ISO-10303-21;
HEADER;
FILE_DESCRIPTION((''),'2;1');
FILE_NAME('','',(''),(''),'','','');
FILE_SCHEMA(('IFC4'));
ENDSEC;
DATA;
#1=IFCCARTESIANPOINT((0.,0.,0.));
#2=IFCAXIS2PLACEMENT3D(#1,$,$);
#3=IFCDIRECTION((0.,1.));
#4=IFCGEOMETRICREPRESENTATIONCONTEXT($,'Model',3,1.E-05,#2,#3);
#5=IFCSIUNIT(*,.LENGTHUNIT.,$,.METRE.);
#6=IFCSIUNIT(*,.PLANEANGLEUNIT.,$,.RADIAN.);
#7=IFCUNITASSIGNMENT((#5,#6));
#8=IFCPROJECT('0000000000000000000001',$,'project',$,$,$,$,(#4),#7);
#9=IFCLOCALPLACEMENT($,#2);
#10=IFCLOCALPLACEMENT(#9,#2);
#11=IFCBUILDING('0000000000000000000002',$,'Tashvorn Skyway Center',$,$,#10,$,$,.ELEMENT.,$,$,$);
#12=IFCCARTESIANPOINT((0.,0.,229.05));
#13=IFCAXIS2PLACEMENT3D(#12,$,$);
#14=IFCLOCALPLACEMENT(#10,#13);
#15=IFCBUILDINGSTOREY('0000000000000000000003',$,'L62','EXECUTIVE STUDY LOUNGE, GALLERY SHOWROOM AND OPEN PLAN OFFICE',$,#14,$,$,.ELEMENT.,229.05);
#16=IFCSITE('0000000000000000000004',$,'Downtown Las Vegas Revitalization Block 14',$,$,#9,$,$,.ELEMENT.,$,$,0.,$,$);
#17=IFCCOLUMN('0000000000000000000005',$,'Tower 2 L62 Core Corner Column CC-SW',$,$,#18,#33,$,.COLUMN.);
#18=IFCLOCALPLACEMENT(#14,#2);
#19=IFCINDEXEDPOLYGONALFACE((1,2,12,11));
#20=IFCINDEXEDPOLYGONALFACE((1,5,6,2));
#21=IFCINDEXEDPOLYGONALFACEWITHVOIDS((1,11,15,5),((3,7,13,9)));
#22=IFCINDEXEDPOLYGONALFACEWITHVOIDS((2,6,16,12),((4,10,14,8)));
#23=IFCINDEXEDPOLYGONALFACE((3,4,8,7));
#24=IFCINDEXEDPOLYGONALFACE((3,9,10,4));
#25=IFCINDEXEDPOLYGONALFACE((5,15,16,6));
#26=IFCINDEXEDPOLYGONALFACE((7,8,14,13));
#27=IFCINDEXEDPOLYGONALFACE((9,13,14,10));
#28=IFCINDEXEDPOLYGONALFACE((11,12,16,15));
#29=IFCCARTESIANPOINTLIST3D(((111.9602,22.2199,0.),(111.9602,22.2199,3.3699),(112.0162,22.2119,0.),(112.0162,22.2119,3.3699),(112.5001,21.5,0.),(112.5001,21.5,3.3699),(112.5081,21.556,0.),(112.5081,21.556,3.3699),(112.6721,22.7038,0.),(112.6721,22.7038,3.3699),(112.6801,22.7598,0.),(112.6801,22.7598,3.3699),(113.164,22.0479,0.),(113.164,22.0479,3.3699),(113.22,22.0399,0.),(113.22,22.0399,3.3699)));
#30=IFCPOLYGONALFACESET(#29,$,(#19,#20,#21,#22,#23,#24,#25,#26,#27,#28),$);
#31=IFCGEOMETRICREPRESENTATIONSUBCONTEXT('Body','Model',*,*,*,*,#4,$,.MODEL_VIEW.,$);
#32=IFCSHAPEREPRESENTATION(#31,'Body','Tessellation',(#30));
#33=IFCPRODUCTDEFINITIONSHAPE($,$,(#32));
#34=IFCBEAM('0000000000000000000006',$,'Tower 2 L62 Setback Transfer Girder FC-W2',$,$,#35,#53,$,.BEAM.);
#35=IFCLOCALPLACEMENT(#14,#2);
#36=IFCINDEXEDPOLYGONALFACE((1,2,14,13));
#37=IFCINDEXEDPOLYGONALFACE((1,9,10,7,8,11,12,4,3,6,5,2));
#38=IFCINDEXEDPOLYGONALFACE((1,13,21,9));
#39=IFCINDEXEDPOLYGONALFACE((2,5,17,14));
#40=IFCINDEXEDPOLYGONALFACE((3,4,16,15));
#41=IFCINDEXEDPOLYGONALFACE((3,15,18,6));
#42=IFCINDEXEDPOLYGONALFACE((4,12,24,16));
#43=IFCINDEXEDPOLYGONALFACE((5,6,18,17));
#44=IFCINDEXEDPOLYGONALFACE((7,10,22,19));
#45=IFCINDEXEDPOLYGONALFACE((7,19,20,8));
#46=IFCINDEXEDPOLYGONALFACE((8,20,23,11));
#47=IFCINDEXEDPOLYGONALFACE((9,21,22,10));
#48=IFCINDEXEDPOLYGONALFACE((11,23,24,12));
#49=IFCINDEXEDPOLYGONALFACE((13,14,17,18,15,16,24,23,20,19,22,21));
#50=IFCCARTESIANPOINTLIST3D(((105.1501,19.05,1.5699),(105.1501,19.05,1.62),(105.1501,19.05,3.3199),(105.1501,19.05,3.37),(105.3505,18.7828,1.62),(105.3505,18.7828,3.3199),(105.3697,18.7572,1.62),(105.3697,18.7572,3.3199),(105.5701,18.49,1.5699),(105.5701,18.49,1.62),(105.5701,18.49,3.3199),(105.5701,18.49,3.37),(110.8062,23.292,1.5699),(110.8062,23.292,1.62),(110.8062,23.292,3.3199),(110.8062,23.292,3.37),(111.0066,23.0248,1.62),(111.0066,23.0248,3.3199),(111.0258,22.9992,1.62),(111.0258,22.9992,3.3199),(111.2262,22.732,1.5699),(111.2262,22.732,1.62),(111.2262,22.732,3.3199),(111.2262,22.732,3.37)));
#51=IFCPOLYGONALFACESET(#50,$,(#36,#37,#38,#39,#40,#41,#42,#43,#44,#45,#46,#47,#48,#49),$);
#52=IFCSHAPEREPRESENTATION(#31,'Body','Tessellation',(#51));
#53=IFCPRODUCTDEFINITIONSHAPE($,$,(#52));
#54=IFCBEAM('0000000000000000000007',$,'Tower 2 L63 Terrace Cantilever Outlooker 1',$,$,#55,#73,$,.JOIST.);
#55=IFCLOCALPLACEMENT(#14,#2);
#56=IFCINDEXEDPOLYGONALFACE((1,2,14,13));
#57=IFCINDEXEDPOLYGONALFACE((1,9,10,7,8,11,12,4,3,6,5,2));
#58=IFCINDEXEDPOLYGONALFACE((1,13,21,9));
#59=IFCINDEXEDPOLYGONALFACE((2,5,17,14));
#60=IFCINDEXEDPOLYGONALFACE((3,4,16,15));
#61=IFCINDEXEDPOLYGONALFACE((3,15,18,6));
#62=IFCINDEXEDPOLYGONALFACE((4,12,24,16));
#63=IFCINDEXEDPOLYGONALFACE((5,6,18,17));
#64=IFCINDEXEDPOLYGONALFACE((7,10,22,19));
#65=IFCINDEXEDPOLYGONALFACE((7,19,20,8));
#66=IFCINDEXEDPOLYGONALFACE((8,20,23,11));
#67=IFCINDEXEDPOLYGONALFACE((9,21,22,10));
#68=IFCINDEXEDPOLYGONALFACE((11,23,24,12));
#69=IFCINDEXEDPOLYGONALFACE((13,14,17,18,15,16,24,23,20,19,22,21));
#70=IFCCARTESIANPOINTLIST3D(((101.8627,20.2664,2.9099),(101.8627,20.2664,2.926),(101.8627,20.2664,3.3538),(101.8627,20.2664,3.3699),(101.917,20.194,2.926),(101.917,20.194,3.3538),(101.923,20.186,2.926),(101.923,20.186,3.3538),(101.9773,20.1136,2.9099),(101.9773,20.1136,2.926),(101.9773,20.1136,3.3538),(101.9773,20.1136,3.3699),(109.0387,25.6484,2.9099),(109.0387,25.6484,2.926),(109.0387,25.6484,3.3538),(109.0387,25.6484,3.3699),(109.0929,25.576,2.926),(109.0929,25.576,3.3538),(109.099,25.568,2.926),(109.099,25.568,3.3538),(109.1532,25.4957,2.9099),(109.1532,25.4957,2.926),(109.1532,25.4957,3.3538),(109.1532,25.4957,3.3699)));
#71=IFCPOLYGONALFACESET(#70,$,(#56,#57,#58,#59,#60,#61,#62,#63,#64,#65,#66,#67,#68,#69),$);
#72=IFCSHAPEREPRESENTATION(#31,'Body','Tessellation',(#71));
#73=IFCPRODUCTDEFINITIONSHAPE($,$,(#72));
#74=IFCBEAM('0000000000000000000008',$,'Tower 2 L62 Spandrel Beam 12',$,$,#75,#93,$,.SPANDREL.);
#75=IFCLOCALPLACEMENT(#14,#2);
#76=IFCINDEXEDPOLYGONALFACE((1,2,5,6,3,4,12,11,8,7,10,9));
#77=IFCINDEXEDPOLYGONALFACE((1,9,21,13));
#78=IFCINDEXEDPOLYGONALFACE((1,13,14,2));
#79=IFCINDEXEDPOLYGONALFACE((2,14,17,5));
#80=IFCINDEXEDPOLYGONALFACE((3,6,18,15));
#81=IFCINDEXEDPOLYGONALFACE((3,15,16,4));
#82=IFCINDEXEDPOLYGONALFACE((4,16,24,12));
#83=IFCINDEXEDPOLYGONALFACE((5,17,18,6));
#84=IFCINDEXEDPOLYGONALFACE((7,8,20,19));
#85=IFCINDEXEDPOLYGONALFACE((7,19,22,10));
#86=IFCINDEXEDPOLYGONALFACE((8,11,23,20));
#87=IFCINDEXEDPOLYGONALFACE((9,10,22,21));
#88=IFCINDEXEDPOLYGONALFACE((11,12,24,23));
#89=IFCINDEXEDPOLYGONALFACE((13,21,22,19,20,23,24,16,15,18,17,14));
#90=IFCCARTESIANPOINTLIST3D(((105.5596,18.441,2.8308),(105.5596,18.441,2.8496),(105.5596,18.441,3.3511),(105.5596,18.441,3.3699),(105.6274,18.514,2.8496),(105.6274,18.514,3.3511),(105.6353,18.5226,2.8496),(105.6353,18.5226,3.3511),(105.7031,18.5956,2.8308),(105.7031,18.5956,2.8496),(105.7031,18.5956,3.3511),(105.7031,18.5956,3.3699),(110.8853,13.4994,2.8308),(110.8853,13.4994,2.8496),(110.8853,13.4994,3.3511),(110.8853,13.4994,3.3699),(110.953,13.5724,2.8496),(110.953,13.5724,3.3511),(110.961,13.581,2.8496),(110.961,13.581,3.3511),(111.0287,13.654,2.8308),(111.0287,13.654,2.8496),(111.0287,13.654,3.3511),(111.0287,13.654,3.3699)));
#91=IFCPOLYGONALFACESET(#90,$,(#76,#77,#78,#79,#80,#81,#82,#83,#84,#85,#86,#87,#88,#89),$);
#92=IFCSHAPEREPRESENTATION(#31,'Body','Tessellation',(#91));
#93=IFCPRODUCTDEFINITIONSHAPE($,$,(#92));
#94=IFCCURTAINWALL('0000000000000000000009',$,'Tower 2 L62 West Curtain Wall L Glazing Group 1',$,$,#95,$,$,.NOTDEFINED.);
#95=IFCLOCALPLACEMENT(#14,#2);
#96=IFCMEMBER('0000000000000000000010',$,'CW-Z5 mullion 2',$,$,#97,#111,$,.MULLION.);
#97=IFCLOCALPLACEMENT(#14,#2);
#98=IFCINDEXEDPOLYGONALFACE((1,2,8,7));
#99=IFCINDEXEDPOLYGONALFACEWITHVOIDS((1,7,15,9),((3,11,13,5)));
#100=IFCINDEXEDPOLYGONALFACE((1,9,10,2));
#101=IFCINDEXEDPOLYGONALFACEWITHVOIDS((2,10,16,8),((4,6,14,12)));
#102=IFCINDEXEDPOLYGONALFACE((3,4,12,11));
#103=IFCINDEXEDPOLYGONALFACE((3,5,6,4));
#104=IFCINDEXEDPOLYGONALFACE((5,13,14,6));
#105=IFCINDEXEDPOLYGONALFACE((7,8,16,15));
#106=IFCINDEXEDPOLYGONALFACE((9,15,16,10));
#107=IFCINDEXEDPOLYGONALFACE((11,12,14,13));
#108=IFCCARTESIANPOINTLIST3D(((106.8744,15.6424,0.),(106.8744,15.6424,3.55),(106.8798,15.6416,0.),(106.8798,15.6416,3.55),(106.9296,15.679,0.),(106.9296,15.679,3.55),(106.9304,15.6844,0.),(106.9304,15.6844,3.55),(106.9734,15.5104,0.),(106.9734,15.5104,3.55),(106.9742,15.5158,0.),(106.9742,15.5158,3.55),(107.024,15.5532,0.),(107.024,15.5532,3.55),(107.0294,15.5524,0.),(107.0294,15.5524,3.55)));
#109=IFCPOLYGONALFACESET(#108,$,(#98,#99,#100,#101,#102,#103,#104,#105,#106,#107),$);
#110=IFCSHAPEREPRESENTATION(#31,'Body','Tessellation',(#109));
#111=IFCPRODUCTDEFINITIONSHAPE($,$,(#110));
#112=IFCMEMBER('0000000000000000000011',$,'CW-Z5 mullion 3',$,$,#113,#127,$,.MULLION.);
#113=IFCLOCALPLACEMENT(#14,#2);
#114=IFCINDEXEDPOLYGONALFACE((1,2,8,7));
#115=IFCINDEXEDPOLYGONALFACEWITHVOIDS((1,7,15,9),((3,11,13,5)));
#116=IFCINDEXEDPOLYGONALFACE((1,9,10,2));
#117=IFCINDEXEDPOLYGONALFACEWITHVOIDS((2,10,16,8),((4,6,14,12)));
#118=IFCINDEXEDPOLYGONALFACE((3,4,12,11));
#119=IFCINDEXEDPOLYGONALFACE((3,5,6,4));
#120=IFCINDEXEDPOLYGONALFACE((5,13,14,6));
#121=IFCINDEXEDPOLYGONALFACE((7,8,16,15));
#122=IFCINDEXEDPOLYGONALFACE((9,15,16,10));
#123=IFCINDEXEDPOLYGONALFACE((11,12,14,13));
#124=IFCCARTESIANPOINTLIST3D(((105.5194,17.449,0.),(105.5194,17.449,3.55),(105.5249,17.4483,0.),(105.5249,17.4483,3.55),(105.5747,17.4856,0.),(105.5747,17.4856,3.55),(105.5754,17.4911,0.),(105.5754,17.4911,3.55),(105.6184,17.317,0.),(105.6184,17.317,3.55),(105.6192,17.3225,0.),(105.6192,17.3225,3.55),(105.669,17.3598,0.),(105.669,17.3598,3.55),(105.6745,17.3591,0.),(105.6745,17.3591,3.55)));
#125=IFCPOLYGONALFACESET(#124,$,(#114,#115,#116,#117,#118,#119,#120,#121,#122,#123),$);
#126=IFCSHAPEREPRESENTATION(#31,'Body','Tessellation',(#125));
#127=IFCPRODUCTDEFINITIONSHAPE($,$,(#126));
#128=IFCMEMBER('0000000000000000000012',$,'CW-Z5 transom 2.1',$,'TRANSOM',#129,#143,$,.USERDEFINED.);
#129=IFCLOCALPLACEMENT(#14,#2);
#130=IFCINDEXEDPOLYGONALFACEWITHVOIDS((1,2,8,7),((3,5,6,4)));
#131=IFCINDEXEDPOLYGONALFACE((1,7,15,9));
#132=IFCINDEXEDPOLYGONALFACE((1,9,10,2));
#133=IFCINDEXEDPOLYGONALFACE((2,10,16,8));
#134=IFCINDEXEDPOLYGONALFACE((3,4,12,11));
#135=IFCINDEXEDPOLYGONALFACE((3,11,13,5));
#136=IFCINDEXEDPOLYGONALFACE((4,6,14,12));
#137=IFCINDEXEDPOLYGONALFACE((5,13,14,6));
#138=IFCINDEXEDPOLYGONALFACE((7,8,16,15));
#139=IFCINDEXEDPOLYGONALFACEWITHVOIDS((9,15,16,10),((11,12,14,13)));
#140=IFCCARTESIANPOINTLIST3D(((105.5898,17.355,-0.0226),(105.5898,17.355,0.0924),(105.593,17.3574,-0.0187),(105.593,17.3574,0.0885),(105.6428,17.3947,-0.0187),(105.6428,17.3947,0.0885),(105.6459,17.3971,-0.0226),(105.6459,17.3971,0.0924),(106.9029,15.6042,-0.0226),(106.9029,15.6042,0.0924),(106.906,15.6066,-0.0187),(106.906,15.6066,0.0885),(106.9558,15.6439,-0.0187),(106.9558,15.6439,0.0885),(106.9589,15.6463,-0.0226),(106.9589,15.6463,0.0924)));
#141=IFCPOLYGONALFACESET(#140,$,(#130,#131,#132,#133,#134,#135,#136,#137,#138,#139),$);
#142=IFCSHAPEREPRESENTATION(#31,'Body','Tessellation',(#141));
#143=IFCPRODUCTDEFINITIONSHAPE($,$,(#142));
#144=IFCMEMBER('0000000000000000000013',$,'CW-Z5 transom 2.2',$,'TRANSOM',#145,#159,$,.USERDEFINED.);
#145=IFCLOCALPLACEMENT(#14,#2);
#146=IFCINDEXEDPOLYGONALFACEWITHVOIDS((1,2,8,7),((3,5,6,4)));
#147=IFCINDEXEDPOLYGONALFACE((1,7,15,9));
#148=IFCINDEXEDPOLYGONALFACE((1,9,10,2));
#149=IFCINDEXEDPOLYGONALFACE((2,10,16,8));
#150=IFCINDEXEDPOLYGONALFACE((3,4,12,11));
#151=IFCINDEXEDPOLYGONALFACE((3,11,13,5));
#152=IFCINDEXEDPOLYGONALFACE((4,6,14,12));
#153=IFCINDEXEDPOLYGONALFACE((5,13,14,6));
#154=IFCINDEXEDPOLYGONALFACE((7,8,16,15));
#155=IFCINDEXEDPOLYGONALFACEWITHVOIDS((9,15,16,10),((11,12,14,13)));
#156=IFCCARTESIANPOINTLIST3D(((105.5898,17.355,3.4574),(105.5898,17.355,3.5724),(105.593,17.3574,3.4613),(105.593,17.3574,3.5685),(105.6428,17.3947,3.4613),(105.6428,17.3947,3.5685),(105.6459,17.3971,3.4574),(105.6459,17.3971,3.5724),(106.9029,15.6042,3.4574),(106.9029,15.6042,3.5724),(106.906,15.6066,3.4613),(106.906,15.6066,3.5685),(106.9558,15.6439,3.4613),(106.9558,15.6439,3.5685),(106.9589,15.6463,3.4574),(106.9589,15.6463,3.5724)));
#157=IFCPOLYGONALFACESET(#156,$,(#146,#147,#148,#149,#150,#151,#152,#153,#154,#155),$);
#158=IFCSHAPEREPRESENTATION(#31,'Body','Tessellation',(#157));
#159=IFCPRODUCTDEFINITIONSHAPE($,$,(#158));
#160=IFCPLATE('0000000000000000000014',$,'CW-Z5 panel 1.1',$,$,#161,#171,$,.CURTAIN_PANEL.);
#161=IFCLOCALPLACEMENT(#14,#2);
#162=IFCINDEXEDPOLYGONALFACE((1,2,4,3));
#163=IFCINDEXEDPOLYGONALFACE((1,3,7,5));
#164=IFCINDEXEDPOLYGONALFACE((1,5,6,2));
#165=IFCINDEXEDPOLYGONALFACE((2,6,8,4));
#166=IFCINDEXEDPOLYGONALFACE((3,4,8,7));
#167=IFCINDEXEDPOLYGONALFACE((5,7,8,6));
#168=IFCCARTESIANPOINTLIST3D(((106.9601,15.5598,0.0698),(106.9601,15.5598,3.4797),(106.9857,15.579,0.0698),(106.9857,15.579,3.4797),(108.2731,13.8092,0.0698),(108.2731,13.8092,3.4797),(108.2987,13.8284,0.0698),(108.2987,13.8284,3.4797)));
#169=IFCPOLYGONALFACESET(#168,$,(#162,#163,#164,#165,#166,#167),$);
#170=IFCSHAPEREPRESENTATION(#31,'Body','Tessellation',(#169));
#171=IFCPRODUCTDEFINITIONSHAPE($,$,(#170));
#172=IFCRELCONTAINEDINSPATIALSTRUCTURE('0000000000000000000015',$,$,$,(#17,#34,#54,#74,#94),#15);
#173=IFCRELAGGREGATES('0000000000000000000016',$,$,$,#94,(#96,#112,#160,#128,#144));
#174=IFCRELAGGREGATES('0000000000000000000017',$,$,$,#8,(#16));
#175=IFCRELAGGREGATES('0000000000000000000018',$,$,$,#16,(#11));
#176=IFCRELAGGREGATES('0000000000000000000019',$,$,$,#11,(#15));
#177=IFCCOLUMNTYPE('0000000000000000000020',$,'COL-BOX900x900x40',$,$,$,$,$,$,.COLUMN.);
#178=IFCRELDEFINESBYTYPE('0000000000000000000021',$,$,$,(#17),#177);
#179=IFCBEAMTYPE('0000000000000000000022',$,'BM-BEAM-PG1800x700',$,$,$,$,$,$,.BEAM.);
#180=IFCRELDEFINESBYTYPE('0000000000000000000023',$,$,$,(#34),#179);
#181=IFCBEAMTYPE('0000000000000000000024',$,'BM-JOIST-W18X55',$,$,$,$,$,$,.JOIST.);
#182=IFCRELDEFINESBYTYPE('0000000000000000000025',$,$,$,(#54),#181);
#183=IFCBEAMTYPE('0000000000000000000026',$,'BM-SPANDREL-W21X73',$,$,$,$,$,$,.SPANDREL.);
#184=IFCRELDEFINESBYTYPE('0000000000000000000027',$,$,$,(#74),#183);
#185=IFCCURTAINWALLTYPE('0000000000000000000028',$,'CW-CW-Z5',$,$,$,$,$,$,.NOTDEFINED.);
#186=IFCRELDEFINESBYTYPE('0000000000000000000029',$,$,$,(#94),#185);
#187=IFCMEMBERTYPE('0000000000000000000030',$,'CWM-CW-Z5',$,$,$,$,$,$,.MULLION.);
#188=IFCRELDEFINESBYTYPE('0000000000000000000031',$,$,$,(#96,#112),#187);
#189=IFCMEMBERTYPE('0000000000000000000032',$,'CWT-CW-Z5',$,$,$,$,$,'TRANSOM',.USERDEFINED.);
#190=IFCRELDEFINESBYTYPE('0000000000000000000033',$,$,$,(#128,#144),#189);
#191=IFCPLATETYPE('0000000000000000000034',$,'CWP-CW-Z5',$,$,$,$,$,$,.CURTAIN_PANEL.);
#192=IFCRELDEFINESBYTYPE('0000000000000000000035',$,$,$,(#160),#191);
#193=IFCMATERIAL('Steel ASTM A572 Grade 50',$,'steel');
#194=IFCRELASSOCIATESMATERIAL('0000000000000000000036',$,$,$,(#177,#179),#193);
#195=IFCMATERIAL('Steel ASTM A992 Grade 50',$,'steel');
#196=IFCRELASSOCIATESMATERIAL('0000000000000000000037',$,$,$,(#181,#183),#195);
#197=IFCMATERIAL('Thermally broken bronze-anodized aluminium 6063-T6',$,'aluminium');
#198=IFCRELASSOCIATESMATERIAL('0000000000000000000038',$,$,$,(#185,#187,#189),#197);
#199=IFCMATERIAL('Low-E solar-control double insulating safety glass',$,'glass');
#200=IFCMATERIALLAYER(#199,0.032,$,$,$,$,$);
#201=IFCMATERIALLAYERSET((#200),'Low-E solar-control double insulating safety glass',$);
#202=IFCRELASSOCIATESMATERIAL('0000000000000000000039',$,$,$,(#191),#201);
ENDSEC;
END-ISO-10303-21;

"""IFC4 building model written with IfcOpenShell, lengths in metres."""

from ifc_helpers import new_model, si_unit, direction, frame, origin, origin_2d, place, context, subcontext, project, spatial, rectangle, hollow_rectangle, i_section, extrude, material, layer, layer_set, material_profile, profile_set, type_object, element, aggregate, save


model = new_model("IFC4")

# Units and contexts
model_context = context("Model", 3, precision=1e-05, world=origin(), true_north=direction((0.0, 1.0)))
body_context = subcontext(model_context, "Body", "Model", "MODEL_VIEW")
ifc_project = project(units=[si_unit("LENGTHUNIT", "METRE"), si_unit("PLANEANGLEUNIT", "RADIAN")], contexts=[model_context])

# Site, building, storey
site_placement = place(None, origin())
site = spatial("IfcSite", under=ifc_project, at=site_placement, Name="Downtown Las Vegas Revitalization Block 14", CompositionType="ELEMENT", RefElevation=0.0)
building_placement = place(site_placement, origin())
building = spatial("IfcBuilding", under=site, at=building_placement, Name="Tashvorn Skyway Center", CompositionType="ELEMENT")
storey_placement = place(building_placement, frame((0.0, 0.0, 229.05)))
storey = spatial("IfcBuildingStorey", under=building, at=storey_placement, Name="L62", Description="EXECUTIVE STUDY LOUNGE, GALLERY SHOWROOM AND OPEN PLAN OFFICE", CompositionType="ELEMENT", Elevation=229.05)

# Column
ifc_material_1 = material(Name="Steel ASTM A572 Grade 50", Category="steel")
ifc_material_profile_1 = material_profile(ifc_material_1, hollow_rectangle(XDim=0.8999, YDim=0.8999, WallThickness=0.04, at=origin_2d()), Name="BOX900x900x40")
ifc_profile_set_1 = profile_set([ifc_material_profile_1], Name="Steel ASTM A572 Grade 50")
column_type = type_object("IfcColumnType", Name="COL-BOX900x900x40", PredefinedType="COLUMN", material=ifc_profile_set_1)
column_placement = place(storey_placement, frame((112.5901, 22.1299, 0.0), z_axis=(0.0, 0.0, 1.0), x_axis=(0.8, 0.6, 0.0)))
element("IfcColumn", 1, at=column_placement, inside=storey, type_object=column_type, Name="Tower 2 L62 Core Corner Column CC-SW", PredefinedType="COLUMN", context=body_context, shape_type="SweptSolid", body=[
    extrude(hollow_rectangle(XDim=0.8999, YDim=0.8999, WallThickness=0.04, at=origin_2d()), origin(), (0.0, 0.0, 1.0), 3.3699),
])

# Beams
ifc_material_profile_2 = material_profile(ifc_material_1, i_section(OverallWidth=0.7, OverallDepth=1.8, WebThickness=0.032, FlangeThickness=0.05, at=origin_2d()), Name="PG1800x700")
ifc_profile_set_2 = profile_set([ifc_material_profile_2], Name="Steel ASTM A572 Grade 50")
beam_type_1 = type_object("IfcBeamType", Name="BM-BEAM-PG1800x700", PredefinedType="BEAM", material=ifc_profile_set_2)
beam_1_placement = place(storey_placement, frame((105.3601, 18.77, 2.47), z_axis=(0.800004, 0.599994, 0.0), x_axis=(-0.599994, 0.800004, 0.0)))
element("IfcBeam", 2, at=beam_1_placement, inside=storey, type_object=beam_type_1, Name="Tower 2 L62 Setback Transfer Girder FC-W2", PredefinedType="BEAM", context=body_context, shape_type="SweptSolid", body=[
    extrude(i_section(OverallWidth=0.7, OverallDepth=1.8, WebThickness=0.032, FlangeThickness=0.05, at=origin_2d()), origin(), (0.0, 0.0, 1.0), 7.0701),
])
ifc_material_2 = material(Name="Steel ASTM A992 Grade 50", Category="steel")
ifc_material_profile_3 = material_profile(ifc_material_2, i_section(OverallWidth=0.1909, OverallDepth=0.46, WebThickness=0.01, FlangeThickness=0.0161, at=origin_2d()), Name="W18X55")
ifc_profile_set_3 = profile_set([ifc_material_profile_3], Name="Steel ASTM A992 Grade 50")
beam_type_2 = type_object("IfcBeamType", Name="BM-JOIST-W18X55", PredefinedType="JOIST", material=ifc_profile_set_3)
beam_2_placement = place(storey_placement, frame((109.0959, 25.572, 3.1399), z_axis=(-0.799997, -0.600004, 0.0), x_axis=(0.600004, -0.799997, 0.0)))
element("IfcBeam", 3, at=beam_2_placement, inside=storey, type_object=beam_type_2, Name="Tower 2 L63 Terrace Cantilever Outlooker 1", PredefinedType="JOIST", context=body_context, shape_type="SweptSolid", body=[
    extrude(i_section(OverallWidth=0.1909, OverallDepth=0.46, WebThickness=0.01, FlangeThickness=0.0161, at=origin_2d()), origin(), (0.0, 0.0, 1.0), 8.97),
])
ifc_material_profile_4 = material_profile(ifc_material_2, i_section(OverallWidth=0.2109, OverallDepth=0.5391, WebThickness=0.0117, FlangeThickness=0.0188, at=origin_2d()), Name="W21X73")
ifc_profile_set_4 = profile_set([ifc_material_profile_4], Name="Steel ASTM A992 Grade 50")
beam_type_3 = type_object("IfcBeamType", Name="BM-SPANDREL-W21X73", PredefinedType="SPANDREL", material=ifc_profile_set_4)
beam_3_placement = place(storey_placement, frame((105.6313, 18.5183, 3.1003), z_axis=(0.733042, -0.680183, 0.0), x_axis=(0.680183, 0.733042, 0.0)))
element("IfcBeam", 4, at=beam_3_placement, inside=storey, type_object=beam_type_3, Name="Tower 2 L62 Spandrel Beam 12", PredefinedType="SPANDREL", context=body_context, shape_type="SweptSolid", body=[
    extrude(i_section(OverallWidth=0.2109, OverallDepth=0.5391, WebThickness=0.0117, FlangeThickness=0.0188, at=origin_2d()), origin(), (0.0, 0.0, 1.0), 7.2651),
])

# Curtain wall, members, plate
ifc_material_3 = material(Name="Thermally broken bronze-anodized aluminium 6063-T6", Category="aluminium")
curtain_wall_type = type_object("IfcCurtainWallType", Name="CW-CW-Z5", PredefinedType="NOTDEFINED", material=ifc_material_3)
curtain_wall_placement = place(storey_placement, origin())
curtain_wall = element("IfcCurtainWall", 5, at=curtain_wall_placement, inside=storey, type_object=curtain_wall_type, Name="Tower 2 L62 West Curtain Wall L Glazing Group 1", PredefinedType="NOTDEFINED")
ifc_material_profile_5 = material_profile(ifc_material_3, hollow_rectangle(XDim=0.0701, YDim=0.165, WallThickness=0.0039, at=origin_2d()), Name="ALU-MULL-70x165")
ifc_profile_set_5 = profile_set([ifc_material_profile_5], Name="Thermally broken bronze-anodized aluminium 6063-T6")
member_type_1 = type_object("IfcMemberType", Name="CWM-CW-Z5", PredefinedType="MULLION", material=ifc_profile_set_5)
member_1_placement = place(storey_placement, frame((106.9519, 15.5974, 0.0), z_axis=(0.0, 0.0, 1.0), x_axis=(-0.799997, -0.600003, 0.0)))
member_1 = element("IfcMember", 6, at=member_1_placement, type_object=member_type_1, Name="CW-Z5 mullion 2", PredefinedType="MULLION", context=body_context, shape_type="SweptSolid", body=[
    extrude(hollow_rectangle(XDim=0.0701, YDim=0.165, WallThickness=0.0039, at=origin_2d()), origin(), (0.0, 0.0, 1.0), 3.55),
])
member_2_placement = place(storey_placement, frame((105.5969, 17.4041, 0.0), z_axis=(0.0, 0.0, 1.0), x_axis=(-0.799997, -0.600003, 0.0)))
member_2 = element("IfcMember", 7, at=member_2_placement, type_object=member_type_1, Name="CW-Z5 mullion 3", PredefinedType="MULLION", context=body_context, shape_type="SweptSolid", body=[
    extrude(hollow_rectangle(XDim=0.0701, YDim=0.165, WallThickness=0.0039, at=origin_2d()), origin(), (0.0, 0.0, 1.0), 3.55),
])
ifc_material_profile_6 = material_profile(ifc_material_3, hollow_rectangle(XDim=0.0701, YDim=0.115, WallThickness=0.0039, at=origin_2d()), Name="ALU-TRAN-70x115")
ifc_profile_set_6 = profile_set([ifc_material_profile_6], Name="Thermally broken bronze-anodized aluminium 6063-T6")
member_type_2 = type_object("IfcMemberType", Name="CWT-CW-Z5", ElementType="TRANSOM", PredefinedType="USERDEFINED", material=ifc_profile_set_6)
member_3_placement = place(storey_placement, frame((106.9309, 15.6252, 0.0349), z_axis=(-0.599982, 0.800013, 0.0), x_axis=(-0.800013, -0.599982, 0.0)))
member_3 = element("IfcMember", 8, at=member_3_placement, type_object=member_type_2, Name="CW-Z5 transom 2.1", ObjectType="TRANSOM", PredefinedType="USERDEFINED", context=body_context, shape_type="SweptSolid", body=[
    extrude(hollow_rectangle(XDim=0.0701, YDim=0.115, WallThickness=0.0039, at=origin_2d()), origin(), (0.0, 0.0, 1.0), 2.1885),
])
member_4_placement = place(storey_placement, frame((106.9309, 15.6252, 3.5149), z_axis=(-0.599982, 0.800013, 0.0), x_axis=(-0.800013, -0.599982, 0.0)))
member_4 = element("IfcMember", 9, at=member_4_placement, type_object=member_type_2, Name="CW-Z5 transom 2.2", ObjectType="TRANSOM", PredefinedType="USERDEFINED", context=body_context, shape_type="SweptSolid", body=[
    extrude(hollow_rectangle(XDim=0.0701, YDim=0.115, WallThickness=0.0039, at=origin_2d()), origin(), (0.0, 0.0, 1.0), 2.1885),
])
ifc_material_4 = material(Name="Low-E solar-control double insulating safety glass", Category="glass")
ifc_layer_1 = layer(ifc_material_4, 0.032)
ifc_layer_set_1 = layer_set([ifc_layer_1], Name="Low-E solar-control double insulating safety glass")
plate_type_1 = type_object("IfcPlateType", Name="CWP-CW-Z5", PredefinedType="CURTAIN_PANEL", material=ifc_layer_set_1)
plate_1_placement = place(storey_placement, frame((107.6294, 14.6941, 0.0698), z_axis=(0.0, 0.0, 1.0), x_axis=(-0.600003, 0.799997, 0.0)))
plate_1 = element("IfcPlate", 10, at=plate_1_placement, type_object=plate_type_1, Name="CW-Z5 panel 1.1", PredefinedType="CURTAIN_PANEL", context=body_context, shape_type="SweptSolid", body=[
    extrude(rectangle(XDim=2.1882, YDim=0.032, at=origin_2d()), origin(), (0.0, 0.0, 1.0), 3.4099),
])
aggregate(curtain_wall, [member_1, member_2, plate_1, member_3, member_4])

save(model, "model.ifc")
